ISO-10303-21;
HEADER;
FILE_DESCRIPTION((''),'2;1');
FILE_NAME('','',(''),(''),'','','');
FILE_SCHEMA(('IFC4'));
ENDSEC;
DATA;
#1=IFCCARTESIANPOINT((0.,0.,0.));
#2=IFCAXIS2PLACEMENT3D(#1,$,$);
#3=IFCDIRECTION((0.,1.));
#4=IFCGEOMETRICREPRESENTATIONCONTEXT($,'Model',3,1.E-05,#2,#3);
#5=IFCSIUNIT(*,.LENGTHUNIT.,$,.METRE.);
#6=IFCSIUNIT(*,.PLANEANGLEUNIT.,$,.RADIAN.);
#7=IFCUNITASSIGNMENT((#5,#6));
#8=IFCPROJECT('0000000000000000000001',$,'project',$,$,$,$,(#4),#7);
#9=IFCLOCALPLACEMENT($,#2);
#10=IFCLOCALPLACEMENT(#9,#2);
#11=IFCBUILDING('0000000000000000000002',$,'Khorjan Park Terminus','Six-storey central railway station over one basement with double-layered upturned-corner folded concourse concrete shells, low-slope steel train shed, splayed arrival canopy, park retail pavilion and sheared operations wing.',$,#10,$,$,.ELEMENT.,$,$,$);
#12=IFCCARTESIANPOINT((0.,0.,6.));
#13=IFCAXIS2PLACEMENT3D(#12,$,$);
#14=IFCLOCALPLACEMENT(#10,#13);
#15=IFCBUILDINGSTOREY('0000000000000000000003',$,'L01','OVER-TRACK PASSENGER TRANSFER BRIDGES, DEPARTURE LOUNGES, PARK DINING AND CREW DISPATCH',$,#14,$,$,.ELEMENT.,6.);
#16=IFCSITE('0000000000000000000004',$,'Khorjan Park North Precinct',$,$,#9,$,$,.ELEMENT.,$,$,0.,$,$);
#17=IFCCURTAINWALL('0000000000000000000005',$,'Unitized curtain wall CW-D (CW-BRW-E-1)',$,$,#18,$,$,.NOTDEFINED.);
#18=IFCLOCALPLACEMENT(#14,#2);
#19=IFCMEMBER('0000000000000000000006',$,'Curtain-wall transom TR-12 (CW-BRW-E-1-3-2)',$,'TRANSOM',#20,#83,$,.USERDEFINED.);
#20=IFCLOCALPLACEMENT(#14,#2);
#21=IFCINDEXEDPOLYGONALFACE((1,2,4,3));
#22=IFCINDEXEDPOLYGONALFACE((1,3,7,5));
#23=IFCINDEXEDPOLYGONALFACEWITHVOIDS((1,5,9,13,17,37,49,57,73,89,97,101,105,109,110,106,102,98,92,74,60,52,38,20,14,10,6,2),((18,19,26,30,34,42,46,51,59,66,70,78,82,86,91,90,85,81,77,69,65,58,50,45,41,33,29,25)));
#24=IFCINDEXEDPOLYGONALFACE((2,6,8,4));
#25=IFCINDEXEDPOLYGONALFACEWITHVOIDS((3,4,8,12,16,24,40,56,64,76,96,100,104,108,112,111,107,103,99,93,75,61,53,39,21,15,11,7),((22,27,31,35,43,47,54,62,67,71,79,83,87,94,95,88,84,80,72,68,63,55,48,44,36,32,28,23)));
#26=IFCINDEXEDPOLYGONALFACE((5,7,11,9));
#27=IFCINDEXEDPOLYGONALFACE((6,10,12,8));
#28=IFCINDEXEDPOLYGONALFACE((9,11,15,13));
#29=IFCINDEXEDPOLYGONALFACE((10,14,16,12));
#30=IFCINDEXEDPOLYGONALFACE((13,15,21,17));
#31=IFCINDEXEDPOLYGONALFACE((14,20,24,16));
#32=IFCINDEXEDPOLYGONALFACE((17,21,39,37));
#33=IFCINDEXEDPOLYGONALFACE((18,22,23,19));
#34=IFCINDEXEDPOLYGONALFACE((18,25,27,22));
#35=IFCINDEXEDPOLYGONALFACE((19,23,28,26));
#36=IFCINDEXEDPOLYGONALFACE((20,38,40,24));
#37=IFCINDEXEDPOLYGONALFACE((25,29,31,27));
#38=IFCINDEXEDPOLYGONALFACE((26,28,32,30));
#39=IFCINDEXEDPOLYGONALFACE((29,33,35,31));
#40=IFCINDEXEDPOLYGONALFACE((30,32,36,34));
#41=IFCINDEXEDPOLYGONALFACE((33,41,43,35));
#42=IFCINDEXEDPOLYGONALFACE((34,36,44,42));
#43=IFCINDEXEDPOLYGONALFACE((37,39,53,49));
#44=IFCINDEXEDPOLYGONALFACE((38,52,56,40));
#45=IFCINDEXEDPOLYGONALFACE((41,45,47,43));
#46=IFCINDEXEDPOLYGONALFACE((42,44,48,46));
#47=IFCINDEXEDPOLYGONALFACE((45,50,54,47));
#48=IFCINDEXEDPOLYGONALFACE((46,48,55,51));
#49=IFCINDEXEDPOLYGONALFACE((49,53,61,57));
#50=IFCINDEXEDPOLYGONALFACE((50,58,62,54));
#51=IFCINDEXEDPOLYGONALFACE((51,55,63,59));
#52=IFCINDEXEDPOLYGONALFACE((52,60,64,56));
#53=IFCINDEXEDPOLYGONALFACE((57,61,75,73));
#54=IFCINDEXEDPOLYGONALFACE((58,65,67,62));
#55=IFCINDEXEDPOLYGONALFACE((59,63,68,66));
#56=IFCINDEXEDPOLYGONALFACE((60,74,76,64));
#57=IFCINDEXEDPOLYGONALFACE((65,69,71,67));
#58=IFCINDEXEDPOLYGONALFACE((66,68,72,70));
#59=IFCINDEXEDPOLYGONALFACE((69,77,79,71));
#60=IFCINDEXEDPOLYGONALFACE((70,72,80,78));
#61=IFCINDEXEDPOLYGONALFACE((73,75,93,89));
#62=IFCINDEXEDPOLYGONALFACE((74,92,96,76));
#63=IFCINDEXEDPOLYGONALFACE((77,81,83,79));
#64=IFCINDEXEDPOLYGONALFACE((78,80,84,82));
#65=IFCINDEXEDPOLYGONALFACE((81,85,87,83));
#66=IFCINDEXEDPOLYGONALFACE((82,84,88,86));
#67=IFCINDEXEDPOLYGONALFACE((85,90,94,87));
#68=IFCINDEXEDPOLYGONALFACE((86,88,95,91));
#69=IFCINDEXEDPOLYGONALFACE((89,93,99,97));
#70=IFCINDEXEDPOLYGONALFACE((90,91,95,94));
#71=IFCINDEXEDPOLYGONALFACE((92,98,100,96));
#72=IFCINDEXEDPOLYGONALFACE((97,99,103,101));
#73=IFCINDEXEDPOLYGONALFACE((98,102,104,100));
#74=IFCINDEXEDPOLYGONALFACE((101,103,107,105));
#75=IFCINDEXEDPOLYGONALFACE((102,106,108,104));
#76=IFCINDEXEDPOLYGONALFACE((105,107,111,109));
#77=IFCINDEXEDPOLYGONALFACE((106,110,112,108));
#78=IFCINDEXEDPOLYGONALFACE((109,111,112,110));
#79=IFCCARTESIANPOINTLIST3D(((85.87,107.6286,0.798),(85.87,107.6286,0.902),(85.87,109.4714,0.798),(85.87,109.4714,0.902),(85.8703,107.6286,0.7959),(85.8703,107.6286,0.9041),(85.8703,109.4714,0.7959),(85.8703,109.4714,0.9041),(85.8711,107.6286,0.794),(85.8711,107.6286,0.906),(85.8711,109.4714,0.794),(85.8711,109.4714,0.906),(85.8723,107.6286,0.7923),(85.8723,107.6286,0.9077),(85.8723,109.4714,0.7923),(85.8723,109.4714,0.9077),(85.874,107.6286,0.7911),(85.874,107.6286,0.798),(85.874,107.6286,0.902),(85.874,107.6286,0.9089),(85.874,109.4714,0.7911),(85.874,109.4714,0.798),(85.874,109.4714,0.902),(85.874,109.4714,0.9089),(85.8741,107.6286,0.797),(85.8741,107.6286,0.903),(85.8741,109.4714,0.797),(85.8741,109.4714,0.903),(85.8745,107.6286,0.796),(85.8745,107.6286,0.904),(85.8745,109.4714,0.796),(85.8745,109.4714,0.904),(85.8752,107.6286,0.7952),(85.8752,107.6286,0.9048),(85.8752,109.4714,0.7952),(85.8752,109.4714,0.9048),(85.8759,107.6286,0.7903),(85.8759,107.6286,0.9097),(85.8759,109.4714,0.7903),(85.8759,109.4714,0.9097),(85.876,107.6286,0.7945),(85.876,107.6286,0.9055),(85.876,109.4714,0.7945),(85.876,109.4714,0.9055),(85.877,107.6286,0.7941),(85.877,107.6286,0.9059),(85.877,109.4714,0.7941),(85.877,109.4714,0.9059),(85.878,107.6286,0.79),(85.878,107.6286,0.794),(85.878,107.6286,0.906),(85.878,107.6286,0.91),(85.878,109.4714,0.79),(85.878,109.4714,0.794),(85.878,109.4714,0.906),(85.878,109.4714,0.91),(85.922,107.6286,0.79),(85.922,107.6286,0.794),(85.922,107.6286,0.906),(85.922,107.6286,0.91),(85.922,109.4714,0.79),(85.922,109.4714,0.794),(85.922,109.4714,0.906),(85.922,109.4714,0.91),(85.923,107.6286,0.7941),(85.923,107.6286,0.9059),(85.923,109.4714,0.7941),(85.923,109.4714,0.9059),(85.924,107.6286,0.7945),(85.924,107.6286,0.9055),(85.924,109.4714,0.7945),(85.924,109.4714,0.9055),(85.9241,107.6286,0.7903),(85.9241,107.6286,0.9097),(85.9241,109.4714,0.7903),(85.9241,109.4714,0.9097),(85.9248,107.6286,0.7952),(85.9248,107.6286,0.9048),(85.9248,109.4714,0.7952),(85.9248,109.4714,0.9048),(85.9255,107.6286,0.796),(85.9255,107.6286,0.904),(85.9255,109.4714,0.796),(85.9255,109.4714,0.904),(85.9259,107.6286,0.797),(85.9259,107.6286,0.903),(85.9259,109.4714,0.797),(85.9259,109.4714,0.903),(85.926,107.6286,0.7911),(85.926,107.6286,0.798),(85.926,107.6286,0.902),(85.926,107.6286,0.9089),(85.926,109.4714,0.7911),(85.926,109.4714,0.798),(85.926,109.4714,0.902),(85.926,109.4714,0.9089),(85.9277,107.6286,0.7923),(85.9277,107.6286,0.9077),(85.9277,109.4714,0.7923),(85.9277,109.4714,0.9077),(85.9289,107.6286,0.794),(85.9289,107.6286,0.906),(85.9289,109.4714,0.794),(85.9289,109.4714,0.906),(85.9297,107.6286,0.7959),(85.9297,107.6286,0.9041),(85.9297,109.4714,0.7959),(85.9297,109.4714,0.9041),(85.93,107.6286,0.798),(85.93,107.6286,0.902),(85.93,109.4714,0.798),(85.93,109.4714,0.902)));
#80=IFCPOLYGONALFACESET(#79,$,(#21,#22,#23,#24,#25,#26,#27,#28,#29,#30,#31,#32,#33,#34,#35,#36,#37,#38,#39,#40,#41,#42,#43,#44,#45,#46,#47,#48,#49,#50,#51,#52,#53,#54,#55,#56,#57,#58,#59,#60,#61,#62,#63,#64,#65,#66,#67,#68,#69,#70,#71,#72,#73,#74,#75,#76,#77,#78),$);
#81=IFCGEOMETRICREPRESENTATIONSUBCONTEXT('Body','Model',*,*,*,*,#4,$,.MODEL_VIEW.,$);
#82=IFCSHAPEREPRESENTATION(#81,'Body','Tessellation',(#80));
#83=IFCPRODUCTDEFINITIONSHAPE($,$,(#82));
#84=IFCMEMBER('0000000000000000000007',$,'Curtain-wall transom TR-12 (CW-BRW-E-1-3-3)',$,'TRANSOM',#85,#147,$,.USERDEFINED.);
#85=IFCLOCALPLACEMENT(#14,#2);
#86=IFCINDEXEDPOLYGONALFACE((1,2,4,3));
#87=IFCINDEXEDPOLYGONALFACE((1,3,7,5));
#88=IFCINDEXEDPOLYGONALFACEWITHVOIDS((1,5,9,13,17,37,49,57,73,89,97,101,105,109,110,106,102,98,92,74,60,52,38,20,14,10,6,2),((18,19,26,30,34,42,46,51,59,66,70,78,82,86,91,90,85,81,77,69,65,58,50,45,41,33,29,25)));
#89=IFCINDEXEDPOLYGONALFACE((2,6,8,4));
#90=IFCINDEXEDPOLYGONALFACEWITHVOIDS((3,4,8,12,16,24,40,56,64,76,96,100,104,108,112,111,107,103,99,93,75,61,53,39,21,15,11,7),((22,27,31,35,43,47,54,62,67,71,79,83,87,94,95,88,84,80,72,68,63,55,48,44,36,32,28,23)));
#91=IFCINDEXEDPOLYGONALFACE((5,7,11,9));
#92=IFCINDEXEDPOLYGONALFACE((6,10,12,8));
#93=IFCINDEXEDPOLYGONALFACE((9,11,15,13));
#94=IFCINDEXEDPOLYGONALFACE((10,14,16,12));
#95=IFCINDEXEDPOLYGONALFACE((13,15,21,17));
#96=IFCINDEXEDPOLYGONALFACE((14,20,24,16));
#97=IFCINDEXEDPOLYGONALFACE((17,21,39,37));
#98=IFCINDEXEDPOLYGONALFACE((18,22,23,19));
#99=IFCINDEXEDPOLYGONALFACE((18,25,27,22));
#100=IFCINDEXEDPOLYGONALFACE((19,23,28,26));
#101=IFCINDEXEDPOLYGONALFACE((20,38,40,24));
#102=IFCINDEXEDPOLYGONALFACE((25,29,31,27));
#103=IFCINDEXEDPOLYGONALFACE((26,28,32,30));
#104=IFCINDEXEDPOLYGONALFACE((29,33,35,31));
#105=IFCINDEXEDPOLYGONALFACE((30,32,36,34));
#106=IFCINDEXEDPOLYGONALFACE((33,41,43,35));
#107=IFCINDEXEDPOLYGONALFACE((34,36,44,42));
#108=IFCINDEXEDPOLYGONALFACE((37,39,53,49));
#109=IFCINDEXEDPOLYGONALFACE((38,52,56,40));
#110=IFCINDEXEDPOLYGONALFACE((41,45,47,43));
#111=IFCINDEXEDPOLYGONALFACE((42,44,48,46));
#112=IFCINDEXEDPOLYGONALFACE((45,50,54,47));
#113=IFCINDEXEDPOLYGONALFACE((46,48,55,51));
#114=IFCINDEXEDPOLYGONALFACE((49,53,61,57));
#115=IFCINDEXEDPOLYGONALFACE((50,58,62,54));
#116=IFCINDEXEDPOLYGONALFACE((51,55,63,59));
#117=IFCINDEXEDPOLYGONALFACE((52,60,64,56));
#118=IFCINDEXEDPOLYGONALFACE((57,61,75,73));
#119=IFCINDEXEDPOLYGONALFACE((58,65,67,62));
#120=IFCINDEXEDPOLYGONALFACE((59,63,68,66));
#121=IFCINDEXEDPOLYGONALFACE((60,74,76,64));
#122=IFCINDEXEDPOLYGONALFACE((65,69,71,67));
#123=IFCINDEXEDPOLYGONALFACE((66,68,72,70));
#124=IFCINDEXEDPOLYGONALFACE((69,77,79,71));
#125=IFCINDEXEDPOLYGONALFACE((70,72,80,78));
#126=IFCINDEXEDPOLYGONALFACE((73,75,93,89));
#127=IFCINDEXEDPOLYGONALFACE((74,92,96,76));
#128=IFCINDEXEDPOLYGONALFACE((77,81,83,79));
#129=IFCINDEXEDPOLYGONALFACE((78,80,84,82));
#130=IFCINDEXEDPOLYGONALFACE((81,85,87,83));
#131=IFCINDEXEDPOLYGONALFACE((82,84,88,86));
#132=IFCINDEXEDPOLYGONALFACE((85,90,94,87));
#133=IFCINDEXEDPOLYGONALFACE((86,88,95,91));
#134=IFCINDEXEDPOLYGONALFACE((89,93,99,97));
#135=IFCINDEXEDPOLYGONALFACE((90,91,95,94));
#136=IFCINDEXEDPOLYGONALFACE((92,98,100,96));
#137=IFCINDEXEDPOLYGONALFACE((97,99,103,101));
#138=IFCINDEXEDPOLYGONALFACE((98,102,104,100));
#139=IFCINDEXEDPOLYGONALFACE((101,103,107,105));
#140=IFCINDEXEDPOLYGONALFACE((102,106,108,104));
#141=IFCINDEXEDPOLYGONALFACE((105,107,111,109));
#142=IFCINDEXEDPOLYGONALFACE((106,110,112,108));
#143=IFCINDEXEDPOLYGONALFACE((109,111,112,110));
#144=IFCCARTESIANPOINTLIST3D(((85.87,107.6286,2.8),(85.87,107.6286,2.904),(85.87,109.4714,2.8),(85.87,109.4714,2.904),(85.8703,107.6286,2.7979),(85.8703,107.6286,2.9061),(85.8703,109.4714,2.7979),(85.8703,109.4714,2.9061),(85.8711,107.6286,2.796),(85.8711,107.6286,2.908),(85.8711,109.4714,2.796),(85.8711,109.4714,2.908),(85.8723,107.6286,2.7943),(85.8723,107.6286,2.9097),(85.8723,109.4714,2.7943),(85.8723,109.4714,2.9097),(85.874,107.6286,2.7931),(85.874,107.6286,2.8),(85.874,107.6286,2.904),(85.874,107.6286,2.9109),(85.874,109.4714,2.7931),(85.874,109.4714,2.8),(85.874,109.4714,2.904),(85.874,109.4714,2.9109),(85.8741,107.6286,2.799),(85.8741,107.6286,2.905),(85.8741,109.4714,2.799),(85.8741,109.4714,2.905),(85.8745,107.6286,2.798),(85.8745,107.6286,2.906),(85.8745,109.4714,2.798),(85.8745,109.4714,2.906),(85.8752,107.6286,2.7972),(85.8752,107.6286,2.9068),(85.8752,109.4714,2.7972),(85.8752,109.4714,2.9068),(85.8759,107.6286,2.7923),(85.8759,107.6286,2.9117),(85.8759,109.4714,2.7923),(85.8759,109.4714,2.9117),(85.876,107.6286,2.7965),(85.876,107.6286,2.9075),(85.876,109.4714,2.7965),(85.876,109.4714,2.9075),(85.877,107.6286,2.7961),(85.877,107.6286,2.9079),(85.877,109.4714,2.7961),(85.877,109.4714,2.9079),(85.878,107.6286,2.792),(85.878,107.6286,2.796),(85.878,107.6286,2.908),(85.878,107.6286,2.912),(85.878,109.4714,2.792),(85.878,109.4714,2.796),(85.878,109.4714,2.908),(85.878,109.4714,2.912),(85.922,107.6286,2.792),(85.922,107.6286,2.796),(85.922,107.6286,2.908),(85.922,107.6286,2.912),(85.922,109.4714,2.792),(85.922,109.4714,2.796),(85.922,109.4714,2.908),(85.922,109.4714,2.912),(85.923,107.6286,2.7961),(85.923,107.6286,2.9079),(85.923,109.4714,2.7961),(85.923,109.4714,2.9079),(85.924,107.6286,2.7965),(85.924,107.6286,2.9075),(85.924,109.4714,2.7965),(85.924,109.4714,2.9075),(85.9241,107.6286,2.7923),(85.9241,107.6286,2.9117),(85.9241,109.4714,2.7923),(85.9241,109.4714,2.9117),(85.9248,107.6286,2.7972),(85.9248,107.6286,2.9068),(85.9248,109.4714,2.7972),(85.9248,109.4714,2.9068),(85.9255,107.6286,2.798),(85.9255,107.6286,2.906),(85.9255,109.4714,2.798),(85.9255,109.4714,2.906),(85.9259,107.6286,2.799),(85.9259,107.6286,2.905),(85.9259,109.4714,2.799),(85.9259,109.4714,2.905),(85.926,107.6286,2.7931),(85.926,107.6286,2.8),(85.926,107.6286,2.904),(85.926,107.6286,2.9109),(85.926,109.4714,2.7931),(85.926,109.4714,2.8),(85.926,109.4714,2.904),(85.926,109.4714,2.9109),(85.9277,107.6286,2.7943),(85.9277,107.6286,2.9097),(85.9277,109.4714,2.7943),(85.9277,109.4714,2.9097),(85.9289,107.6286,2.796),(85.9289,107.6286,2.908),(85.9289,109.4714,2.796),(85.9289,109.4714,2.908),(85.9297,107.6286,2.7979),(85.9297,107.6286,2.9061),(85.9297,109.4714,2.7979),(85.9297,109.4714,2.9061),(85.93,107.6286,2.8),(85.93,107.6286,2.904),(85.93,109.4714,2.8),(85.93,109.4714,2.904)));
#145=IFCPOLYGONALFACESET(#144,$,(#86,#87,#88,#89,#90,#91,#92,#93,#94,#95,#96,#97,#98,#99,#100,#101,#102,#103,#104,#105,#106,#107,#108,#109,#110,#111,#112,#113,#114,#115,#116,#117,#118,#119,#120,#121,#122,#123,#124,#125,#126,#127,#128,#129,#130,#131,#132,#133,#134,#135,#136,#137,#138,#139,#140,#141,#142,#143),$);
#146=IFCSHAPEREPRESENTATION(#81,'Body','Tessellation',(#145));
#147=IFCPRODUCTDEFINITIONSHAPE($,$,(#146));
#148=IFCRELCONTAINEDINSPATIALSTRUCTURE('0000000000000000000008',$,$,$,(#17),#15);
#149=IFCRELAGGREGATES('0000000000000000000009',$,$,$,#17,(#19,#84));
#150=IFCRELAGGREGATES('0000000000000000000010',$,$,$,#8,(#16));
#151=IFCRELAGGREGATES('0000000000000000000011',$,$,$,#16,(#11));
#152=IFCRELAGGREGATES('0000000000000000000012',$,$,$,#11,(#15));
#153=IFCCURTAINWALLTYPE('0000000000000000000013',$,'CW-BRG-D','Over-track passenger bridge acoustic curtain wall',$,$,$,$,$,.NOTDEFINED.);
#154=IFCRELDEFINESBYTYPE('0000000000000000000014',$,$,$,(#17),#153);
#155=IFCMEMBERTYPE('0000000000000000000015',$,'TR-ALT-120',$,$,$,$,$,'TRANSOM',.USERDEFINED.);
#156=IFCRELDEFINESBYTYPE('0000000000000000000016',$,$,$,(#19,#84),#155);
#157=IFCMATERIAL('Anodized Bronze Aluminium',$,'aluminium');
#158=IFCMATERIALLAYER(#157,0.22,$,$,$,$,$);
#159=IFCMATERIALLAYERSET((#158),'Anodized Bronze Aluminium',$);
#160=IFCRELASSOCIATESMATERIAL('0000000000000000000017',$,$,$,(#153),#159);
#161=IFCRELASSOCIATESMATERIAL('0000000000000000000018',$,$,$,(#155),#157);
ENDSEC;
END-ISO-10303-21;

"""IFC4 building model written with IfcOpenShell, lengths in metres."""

from ifc_helpers import new_model, si_unit, direction, frame, origin, origin_2d, place, context, subcontext, project, spatial, hollow_rectangle, extrude, material, layer, layer_set, material_profile, profile_set, type_object, element, aggregate, save


model = new_model("IFC4")

# Units and contexts
model_context = context("Model", 3, precision=1e-05, world=origin(), true_north=direction((0.0, 1.0)))
body_context = subcontext(model_context, "Body", "Model", "MODEL_VIEW")
ifc_project = project(units=[si_unit("LENGTHUNIT", "METRE"), si_unit("PLANEANGLEUNIT", "RADIAN")], contexts=[model_context])

# Site, building, storey
site_placement = place(None, origin())
site = spatial("IfcSite", under=ifc_project, at=site_placement, Name="Khorjan Park North Precinct", CompositionType="ELEMENT", RefElevation=0.0)
building_placement = place(site_placement, origin())
building = spatial("IfcBuilding", under=site, at=building_placement, Name="Khorjan Park Terminus", Description="Six-storey central railway station over one basement with double-layered upturned-corner folded concourse concrete shells, low-slope steel train shed, splayed arrival canopy, park retail pavilion and sheared operations wing.", CompositionType="ELEMENT")
storey_placement = place(building_placement, frame((0.0, 0.0, 6.0)))
storey = spatial("IfcBuildingStorey", under=building, at=storey_placement, Name="L01", Description="OVER-TRACK PASSENGER TRANSFER BRIDGES, DEPARTURE LOUNGES, PARK DINING AND CREW DISPATCH", CompositionType="ELEMENT", Elevation=6.0)

# Curtain wall
ifc_material_1 = material(Name="Anodized Bronze Aluminium", Category="aluminium")
ifc_layer_1 = layer(ifc_material_1, 0.22)
ifc_layer_set_1 = layer_set([ifc_layer_1], Name="Anodized Bronze Aluminium")
curtain_wall_type = type_object("IfcCurtainWallType", Name="CW-BRG-D", Description="Over-track passenger bridge acoustic curtain wall", PredefinedType="NOTDEFINED", material=ifc_layer_set_1)
curtain_wall_1_placement = place(storey_placement, origin())
curtain_wall_1 = element("IfcCurtainWall", 1, at=curtain_wall_1_placement, inside=storey, type_object=curtain_wall_type, Name="Unitized curtain wall CW-D (CW-BRW-E-1)", PredefinedType="NOTDEFINED")

# Members
ifc_material_profile_1 = material_profile(ifc_material_1, hollow_rectangle(XDim=0.06, YDim=0.12, WallThickness=0.004, InnerFilletRadius=0.004, OuterFilletRadius=0.008, at=origin_2d()), Name="ALT 60x120x4")
ifc_profile_set_1 = profile_set([ifc_material_profile_1], Name="Anodized Bronze Aluminium")
member_type_1 = type_object("IfcMemberType", Name="TR-ALT-120", ElementType="TRANSOM", PredefinedType="USERDEFINED", material=ifc_profile_set_1)
member_1_placement = place(storey_placement, frame((85.9, 107.6286, 0.85), z_axis=(0.0, 1.0, 0.0), x_axis=(-1.0, 0.0, 0.0)))
member_1 = element("IfcMember", 2, at=member_1_placement, type_object=member_type_1, Name="Curtain-wall transom TR-12 (CW-BRW-E-1-3-2)", ObjectType="TRANSOM", PredefinedType="USERDEFINED", context=body_context, shape_type="SweptSolid", body=[
    extrude(hollow_rectangle(XDim=0.06, YDim=0.12, WallThickness=0.004, InnerFilletRadius=0.004, OuterFilletRadius=0.008, at=origin_2d()), origin(), (0.0, 0.0, 1.0), 1.8428),
])
member_2_placement = place(storey_placement, frame((85.9, 107.6286, 2.852), z_axis=(0.0, 1.0, 0.0), x_axis=(-1.0, 0.0, 0.0)))
member_2 = element("IfcMember", 3, at=member_2_placement, type_object=member_type_1, Name="Curtain-wall transom TR-12 (CW-BRW-E-1-3-3)", ObjectType="TRANSOM", PredefinedType="USERDEFINED", context=body_context, shape_type="SweptSolid", body=[
    extrude(hollow_rectangle(XDim=0.06, YDim=0.12, WallThickness=0.004, InnerFilletRadius=0.004, OuterFilletRadius=0.008, at=origin_2d()), origin(), (0.0, 0.0, 1.0), 1.8428),
])

aggregate(curtain_wall_1, [member_1, member_2])

save(model, "model.ifc")
